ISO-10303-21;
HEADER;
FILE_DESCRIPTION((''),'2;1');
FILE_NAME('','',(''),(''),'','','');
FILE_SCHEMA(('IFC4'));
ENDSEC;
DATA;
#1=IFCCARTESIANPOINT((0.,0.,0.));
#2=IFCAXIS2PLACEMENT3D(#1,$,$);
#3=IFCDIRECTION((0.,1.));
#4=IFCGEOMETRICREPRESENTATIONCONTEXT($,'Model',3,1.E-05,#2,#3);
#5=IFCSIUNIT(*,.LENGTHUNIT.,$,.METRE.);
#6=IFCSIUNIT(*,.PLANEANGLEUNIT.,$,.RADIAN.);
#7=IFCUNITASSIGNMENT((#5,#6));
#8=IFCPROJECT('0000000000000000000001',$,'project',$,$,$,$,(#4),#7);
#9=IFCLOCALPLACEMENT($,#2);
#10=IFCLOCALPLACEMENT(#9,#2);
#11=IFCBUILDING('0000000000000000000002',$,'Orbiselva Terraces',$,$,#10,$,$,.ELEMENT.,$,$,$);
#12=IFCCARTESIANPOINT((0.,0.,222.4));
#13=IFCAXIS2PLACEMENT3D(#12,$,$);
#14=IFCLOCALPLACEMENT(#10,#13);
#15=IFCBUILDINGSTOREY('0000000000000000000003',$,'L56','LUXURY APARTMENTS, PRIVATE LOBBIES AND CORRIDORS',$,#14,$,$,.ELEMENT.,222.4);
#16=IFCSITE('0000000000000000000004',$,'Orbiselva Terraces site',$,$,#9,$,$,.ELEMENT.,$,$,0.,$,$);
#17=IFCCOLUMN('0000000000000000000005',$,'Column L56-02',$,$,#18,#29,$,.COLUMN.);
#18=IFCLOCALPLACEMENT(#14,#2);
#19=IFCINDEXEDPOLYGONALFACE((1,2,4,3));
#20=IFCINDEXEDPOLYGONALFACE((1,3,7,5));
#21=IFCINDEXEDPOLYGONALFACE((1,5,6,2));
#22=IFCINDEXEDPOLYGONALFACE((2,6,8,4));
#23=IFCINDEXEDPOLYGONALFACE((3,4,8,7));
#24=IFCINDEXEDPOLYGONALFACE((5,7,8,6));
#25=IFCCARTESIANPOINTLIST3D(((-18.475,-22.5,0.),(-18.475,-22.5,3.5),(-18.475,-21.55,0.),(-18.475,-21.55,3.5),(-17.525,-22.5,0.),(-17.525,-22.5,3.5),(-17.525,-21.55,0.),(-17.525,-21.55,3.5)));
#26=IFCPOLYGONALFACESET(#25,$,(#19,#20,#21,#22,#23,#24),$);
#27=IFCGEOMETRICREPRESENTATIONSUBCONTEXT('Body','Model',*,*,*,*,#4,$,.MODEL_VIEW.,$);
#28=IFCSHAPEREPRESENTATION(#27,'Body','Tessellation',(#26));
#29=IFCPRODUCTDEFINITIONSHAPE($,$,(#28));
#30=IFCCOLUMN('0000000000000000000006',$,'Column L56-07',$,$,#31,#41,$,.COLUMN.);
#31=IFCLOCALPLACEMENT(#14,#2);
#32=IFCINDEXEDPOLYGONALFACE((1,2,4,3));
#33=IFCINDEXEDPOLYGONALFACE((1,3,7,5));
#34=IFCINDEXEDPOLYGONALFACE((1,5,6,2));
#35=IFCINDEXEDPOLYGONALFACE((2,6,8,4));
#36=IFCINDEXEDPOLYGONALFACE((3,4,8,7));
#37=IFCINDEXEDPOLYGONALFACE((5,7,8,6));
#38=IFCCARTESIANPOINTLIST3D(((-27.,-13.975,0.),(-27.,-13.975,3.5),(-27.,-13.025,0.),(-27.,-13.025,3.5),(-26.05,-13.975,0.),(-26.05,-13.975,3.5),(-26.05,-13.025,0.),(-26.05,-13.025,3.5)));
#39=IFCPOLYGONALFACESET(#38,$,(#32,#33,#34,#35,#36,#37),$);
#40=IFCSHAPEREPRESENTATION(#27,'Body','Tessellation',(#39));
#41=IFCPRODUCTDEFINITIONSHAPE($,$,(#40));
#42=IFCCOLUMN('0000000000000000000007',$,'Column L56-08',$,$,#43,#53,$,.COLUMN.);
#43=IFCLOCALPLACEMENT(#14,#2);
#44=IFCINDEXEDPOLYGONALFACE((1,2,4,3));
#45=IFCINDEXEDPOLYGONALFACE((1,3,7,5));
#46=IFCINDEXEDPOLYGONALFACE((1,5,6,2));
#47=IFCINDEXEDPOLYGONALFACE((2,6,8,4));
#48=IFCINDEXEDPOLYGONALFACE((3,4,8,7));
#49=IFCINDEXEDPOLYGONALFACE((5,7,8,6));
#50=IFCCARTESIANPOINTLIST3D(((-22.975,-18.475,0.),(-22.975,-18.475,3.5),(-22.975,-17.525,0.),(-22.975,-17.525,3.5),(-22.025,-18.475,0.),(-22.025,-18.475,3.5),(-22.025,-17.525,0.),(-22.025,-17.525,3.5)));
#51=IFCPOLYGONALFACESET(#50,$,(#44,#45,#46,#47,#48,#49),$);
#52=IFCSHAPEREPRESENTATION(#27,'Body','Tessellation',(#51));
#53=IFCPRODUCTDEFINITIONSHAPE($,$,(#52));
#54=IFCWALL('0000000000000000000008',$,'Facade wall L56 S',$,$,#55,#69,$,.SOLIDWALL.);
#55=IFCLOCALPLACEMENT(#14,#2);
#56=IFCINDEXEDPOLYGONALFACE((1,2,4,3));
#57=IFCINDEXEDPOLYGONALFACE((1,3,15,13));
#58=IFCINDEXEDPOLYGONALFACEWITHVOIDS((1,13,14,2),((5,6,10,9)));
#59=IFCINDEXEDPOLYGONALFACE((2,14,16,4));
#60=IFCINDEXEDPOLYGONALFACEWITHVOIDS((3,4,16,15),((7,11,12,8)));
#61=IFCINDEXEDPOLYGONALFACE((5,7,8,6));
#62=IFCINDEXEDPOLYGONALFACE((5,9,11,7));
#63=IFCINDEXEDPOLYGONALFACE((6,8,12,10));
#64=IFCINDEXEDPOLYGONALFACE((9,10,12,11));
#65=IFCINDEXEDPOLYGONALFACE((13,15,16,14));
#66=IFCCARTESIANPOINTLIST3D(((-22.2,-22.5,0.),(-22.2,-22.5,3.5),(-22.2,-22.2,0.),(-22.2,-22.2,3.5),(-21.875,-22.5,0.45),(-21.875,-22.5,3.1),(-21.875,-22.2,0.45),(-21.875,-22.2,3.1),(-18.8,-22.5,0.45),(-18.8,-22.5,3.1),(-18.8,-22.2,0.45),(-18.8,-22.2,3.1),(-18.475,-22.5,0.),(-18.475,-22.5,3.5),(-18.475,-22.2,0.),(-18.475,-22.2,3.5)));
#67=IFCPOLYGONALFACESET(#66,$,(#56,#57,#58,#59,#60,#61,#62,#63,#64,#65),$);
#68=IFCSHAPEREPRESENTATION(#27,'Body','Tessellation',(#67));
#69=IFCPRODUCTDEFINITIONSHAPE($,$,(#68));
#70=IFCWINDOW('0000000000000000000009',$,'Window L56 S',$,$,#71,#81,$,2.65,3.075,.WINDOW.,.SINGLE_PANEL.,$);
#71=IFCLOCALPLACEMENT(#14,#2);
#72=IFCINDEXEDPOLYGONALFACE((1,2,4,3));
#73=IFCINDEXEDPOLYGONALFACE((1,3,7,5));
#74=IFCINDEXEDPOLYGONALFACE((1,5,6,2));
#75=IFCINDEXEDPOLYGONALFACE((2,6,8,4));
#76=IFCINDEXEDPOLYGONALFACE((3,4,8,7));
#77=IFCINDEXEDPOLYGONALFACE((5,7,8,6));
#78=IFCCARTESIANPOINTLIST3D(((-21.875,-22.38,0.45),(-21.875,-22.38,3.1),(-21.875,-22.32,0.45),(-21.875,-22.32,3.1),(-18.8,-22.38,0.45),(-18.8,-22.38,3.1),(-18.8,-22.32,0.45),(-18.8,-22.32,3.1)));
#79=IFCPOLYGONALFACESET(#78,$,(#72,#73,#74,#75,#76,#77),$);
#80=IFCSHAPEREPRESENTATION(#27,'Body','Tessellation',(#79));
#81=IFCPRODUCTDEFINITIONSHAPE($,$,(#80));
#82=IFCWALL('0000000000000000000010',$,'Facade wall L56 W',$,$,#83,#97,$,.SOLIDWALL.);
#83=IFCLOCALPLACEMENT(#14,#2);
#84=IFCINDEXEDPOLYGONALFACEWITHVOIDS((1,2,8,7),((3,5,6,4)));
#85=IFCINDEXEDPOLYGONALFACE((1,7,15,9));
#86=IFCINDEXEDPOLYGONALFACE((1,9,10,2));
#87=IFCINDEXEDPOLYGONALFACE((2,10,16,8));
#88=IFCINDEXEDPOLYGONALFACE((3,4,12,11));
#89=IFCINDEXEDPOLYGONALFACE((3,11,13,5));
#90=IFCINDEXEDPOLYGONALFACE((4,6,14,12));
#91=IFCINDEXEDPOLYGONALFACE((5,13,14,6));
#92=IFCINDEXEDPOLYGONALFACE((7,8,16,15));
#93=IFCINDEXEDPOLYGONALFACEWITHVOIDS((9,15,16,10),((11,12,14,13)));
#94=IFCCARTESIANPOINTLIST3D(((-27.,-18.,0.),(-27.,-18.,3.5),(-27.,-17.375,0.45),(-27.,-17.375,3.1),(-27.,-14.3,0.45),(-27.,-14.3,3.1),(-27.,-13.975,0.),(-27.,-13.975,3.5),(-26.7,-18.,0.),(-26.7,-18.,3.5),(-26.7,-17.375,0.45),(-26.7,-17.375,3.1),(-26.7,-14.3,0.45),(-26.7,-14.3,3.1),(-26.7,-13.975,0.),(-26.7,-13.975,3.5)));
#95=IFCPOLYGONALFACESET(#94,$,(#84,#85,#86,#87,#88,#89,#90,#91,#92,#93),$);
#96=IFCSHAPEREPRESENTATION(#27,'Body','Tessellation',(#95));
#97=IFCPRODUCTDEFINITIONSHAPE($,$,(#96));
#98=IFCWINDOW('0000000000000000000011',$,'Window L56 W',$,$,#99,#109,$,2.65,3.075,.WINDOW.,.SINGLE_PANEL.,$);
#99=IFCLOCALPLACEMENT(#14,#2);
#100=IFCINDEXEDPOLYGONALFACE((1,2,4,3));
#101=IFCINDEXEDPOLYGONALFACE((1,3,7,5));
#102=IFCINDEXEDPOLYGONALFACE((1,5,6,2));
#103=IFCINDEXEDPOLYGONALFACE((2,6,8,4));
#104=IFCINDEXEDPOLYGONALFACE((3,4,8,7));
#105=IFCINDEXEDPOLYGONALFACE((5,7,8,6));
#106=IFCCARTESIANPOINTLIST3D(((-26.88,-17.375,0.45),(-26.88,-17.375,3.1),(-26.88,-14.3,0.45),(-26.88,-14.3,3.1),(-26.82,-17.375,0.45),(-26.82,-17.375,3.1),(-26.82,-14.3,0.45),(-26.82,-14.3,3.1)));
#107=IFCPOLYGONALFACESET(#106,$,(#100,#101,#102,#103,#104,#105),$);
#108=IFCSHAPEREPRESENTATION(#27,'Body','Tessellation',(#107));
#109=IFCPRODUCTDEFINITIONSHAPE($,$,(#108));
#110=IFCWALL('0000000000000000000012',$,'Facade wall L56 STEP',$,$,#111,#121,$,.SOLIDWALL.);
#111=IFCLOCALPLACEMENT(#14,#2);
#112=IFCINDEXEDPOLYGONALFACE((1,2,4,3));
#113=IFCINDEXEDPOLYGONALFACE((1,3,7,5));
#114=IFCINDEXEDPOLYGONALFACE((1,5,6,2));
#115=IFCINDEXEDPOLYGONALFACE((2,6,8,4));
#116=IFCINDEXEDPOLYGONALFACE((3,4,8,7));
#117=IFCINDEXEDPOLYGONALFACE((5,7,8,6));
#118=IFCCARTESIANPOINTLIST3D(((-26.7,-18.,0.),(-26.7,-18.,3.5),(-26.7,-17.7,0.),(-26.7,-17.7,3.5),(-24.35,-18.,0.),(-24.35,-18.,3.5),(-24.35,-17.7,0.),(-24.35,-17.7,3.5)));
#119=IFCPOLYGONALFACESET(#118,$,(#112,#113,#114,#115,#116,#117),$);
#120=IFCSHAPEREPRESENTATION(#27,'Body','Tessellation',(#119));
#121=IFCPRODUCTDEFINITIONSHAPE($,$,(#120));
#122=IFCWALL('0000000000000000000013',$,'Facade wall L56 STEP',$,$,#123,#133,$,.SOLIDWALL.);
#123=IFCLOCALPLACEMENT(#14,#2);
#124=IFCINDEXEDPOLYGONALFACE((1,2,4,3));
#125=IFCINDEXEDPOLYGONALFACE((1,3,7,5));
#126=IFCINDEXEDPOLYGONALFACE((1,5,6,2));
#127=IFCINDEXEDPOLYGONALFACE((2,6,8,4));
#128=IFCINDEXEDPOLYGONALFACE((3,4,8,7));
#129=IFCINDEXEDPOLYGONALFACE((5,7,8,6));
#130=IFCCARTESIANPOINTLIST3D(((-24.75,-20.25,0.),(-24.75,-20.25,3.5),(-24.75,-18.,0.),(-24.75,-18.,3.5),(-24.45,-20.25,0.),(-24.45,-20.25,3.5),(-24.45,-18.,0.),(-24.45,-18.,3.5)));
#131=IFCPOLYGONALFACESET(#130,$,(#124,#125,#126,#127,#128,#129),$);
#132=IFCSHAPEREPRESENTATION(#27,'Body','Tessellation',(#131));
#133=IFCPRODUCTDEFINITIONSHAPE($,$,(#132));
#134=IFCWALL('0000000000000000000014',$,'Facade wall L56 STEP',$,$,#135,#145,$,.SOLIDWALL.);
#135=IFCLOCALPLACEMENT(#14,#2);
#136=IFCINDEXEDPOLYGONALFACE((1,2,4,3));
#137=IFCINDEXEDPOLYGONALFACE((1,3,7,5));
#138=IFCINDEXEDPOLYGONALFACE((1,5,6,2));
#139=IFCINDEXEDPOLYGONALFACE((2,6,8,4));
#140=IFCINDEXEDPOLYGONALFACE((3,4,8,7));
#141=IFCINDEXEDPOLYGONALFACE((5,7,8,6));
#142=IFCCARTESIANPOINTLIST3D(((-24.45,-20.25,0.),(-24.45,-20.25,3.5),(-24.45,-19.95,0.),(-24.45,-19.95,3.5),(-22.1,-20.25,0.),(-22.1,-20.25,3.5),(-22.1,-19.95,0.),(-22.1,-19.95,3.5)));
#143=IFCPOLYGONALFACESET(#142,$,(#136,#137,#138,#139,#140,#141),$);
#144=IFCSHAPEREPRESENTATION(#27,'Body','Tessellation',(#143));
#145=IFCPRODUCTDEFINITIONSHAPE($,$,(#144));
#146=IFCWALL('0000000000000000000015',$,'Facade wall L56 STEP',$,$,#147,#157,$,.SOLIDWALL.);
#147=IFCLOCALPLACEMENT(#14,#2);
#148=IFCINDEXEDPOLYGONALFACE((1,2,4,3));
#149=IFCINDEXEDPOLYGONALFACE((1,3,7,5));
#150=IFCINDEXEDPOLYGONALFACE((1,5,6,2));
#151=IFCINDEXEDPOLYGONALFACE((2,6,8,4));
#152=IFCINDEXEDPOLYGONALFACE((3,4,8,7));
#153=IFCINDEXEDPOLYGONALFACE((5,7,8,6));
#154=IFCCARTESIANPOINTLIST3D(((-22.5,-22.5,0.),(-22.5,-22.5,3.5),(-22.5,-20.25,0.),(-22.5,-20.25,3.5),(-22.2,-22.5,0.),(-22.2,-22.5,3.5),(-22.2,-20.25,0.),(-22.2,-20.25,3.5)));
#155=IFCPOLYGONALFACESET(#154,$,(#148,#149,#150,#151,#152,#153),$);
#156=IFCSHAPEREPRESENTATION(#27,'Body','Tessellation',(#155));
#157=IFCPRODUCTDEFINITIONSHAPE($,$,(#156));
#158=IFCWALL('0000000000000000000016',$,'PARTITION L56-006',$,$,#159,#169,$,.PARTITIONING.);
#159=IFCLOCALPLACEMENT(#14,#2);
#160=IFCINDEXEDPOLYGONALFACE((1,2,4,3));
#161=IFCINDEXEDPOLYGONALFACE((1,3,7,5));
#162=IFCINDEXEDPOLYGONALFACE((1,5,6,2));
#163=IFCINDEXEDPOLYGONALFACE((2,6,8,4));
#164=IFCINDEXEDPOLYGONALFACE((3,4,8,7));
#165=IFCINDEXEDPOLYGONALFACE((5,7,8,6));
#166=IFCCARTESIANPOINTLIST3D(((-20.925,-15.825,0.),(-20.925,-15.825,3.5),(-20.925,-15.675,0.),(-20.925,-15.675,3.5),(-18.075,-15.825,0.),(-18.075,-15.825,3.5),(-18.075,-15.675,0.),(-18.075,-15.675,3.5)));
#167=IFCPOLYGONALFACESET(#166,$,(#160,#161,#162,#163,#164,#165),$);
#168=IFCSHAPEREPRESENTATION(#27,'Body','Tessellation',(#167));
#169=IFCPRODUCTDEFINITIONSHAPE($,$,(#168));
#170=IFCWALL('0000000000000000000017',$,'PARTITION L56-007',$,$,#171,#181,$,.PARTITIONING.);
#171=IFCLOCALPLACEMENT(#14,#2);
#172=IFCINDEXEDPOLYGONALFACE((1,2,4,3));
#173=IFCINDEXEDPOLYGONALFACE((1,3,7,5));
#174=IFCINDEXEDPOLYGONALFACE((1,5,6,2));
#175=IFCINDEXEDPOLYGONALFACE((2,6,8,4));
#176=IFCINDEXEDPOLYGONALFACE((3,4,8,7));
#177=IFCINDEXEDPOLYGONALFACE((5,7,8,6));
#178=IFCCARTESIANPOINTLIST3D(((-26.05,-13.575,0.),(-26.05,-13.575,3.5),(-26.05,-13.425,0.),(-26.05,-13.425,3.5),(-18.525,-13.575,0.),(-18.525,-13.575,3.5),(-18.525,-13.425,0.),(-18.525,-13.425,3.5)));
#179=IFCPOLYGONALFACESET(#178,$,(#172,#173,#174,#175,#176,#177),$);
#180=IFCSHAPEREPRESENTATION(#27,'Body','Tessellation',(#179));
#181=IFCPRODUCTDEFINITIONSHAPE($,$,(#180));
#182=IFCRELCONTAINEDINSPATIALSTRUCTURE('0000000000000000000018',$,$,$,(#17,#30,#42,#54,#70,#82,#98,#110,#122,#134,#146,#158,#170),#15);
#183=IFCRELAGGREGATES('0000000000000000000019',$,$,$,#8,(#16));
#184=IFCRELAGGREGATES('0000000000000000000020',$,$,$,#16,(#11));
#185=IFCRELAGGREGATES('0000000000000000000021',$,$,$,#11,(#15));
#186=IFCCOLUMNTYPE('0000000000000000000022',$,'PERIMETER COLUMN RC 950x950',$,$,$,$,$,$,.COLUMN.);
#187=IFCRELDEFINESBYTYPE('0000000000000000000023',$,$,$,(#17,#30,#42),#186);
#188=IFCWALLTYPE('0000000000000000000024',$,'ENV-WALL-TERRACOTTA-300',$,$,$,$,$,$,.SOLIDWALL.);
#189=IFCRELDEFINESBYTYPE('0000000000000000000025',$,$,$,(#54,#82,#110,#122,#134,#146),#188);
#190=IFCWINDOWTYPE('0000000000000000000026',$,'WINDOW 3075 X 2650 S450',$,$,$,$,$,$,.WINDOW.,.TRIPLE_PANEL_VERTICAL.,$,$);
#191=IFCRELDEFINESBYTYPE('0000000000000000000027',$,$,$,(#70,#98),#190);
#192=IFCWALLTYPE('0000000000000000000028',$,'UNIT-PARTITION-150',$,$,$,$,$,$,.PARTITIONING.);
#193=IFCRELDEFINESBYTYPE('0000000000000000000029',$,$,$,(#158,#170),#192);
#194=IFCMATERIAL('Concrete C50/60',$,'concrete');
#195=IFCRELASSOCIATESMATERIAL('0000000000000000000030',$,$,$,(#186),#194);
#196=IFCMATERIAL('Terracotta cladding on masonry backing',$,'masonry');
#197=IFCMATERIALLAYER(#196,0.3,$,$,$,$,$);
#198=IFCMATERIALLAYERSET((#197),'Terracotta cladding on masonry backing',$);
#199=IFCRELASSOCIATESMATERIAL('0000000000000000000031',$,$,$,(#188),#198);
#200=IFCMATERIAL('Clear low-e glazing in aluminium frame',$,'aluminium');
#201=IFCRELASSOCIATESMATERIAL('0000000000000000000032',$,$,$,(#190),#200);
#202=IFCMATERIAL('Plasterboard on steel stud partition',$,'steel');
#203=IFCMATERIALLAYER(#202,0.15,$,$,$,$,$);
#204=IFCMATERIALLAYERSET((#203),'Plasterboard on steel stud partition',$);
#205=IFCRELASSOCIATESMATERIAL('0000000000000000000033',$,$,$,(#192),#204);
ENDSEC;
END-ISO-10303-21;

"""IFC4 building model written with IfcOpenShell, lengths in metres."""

from ifc_helpers import new_model, si_unit, direction, frame, frame_2d, origin, origin_2d, place, context, subcontext, project, spatial, rectangle, extrude, material, layer, layer_set, material_profile, profile_set, type_object, element, fill, save


model = new_model("IFC4")

# Units and contexts
model_context = context("Model", 3, precision=1e-05, world=origin(), true_north=direction((0.0, 1.0)))
body_context = subcontext(model_context, "Body", "Model", "MODEL_VIEW")
ifc_project = project(units=[si_unit("LENGTHUNIT", "METRE"), si_unit("PLANEANGLEUNIT", "RADIAN")], contexts=[model_context])

# Site, building, storey
site_placement = place(None, origin())
site = spatial("IfcSite", under=ifc_project, at=site_placement, Name="Orbiselva Terraces site", CompositionType="ELEMENT", RefElevation=0.0)
building_placement = place(site_placement, origin())
building = spatial("IfcBuilding", under=site, at=building_placement, Name="Orbiselva Terraces", CompositionType="ELEMENT")
storey_placement = place(building_placement, frame((0.0, 0.0, 222.4)))
storey = spatial("IfcBuildingStorey", under=building, at=storey_placement, Name="L56", Description="LUXURY APARTMENTS, PRIVATE LOBBIES AND CORRIDORS", CompositionType="ELEMENT", Elevation=222.4)

# Columns
ifc_material_1 = material(Name="Concrete C50/60", Category="concrete")
ifc_material_profile = material_profile(ifc_material_1, rectangle(XDim=0.95, YDim=0.95, at=origin_2d()), Name="RC 950x950")
ifc_profile_set = profile_set([ifc_material_profile], Name="Concrete C50/60")
column_type = type_object("IfcColumnType", Name="PERIMETER COLUMN RC 950x950", PredefinedType="COLUMN", material=ifc_profile_set)
for number, where, z_axis, x_axis, name in (
    (1, (-18.0, -22.025, 0.0), (0.0, 0.0, 1.0), (1.0, 0.0, 0.0), "Column L56-02"),
    (2, (-26.525, -13.5, 0.0), (0.0, 0.0, 1.0), (1.0, 0.0, 0.0), "Column L56-07"),
    (3, (-22.5, -18.0, 0.0), (0.0, 0.0, 1.0), (1.0, 0.0, 0.0), "Column L56-08"),
):
    element("IfcColumn", number, at=place(storey_placement, frame(where, z_axis=z_axis, x_axis=x_axis)), inside=storey, type_object=column_type, Name=name, PredefinedType="COLUMN", context=body_context, shape_type="SweptSolid", body=[
        extrude(rectangle(XDim=0.95, YDim=0.95, at=origin_2d()), origin(), (0.0, 0.0, 1.0), 3.5),
    ])

# Walls, openings, windows
ifc_material_2 = material(Name="Terracotta cladding on masonry backing", Category="masonry")
ifc_layer_1 = layer(ifc_material_2, 0.3)
ifc_layer_set_1 = layer_set([ifc_layer_1], Name="Terracotta cladding on masonry backing")
wall_type_1 = type_object("IfcWallType", Name="ENV-WALL-TERRACOTTA-300", PredefinedType="SOLIDWALL", material=ifc_layer_set_1)
wall_1_placement = place(storey_placement, frame((-18.475, -22.35, 0.0), z_axis=(0.0, 0.0, 1.0), x_axis=(-1.0, 0.0, 0.0)))
wall_1 = element("IfcWall", 4, at=wall_1_placement, inside=storey, type_object=wall_type_1, Name="Facade wall L56 S", PredefinedType="SOLIDWALL", context=body_context, shape_type="SweptSolid", body=[
    extrude(rectangle(XDim=3.725, YDim=0.3, at=frame_2d((1.8625, 0.0))), origin(), (0.0, 0.0, 1.0), 3.5),
])
opening_1_placement = place(wall_1_placement, frame((0.325, 0.0, 0.45)))
opening_1 = element("IfcOpeningElement", 5, at=opening_1_placement, cuts=wall_1, PredefinedType="OPENING", context=body_context, shape_type="SweptSolid", body=[
    extrude(rectangle(XDim=3.075, YDim=2.65, at=frame_2d((1.5375, 1.325))), frame((0.0, 0.16, 0.0), z_axis=(0.0, -1.0, 0.0), x_axis=(1.0, 0.0, 0.0)), (0.0, 0.0, 1.0), 0.32),
])
ifc_material_3 = material(Name="Clear low-e glazing in aluminium frame", Category="aluminium")
window_type = type_object("IfcWindowType", Name="WINDOW 3075 X 2650 S450", PartitioningType="TRIPLE_PANEL_VERTICAL", PredefinedType="WINDOW", material=ifc_material_3)
window_1_placement = place(opening_1_placement, origin())
window_1 = element("IfcWindow", 6, at=window_1_placement, inside=storey, type_object=window_type, Name="Window L56 S", OverallHeight=2.65, OverallWidth=3.075, PartitioningType="SINGLE_PANEL", PredefinedType="WINDOW", context=body_context, shape_type="SweptSolid", body=[
    extrude(rectangle(XDim=3.075, YDim=2.65, at=frame_2d((1.5375, 1.325))), frame((0.0, 0.03, 0.0), z_axis=(0.0, -1.0, 0.0), x_axis=(1.0, 0.0, 0.0)), (0.0, 0.0, 1.0), 0.06),
])
fill(opening_1, window_1)
wall_2_placement = place(storey_placement, frame((-26.85, -18.0, 0.0), z_axis=(0.0, 0.0, 1.0), x_axis=(0.0, 1.0, 0.0)))
wall_2 = element("IfcWall", 7, at=wall_2_placement, inside=storey, type_object=wall_type_1, Name="Facade wall L56 W", PredefinedType="SOLIDWALL", context=body_context, shape_type="SweptSolid", body=[
    extrude(rectangle(XDim=4.025, YDim=0.3, at=frame_2d((2.0125, 0.0))), origin(), (0.0, 0.0, 1.0), 3.5),
])
opening_2_placement = place(wall_2_placement, frame((0.625, 0.0, 0.45)))
opening_2 = element("IfcOpeningElement", 8, at=opening_2_placement, cuts=wall_2, PredefinedType="OPENING", context=body_context, shape_type="SweptSolid", body=[
    extrude(rectangle(XDim=3.075, YDim=2.65, at=frame_2d((1.5375, 1.325))), frame((0.0, 0.16, 0.0), z_axis=(0.0, -1.0, 0.0), x_axis=(1.0, 0.0, 0.0)), (0.0, 0.0, 1.0), 0.32),
])
window_2_placement = place(opening_2_placement, origin())
window_2 = element("IfcWindow", 9, at=window_2_placement, inside=storey, type_object=window_type, Name="Window L56 W", OverallHeight=2.65, OverallWidth=3.075, PartitioningType="SINGLE_PANEL", PredefinedType="WINDOW", context=body_context, shape_type="SweptSolid", body=[
    extrude(rectangle(XDim=3.075, YDim=2.65, at=frame_2d((1.5375, 1.325))), frame((0.0, 0.03, 0.0), z_axis=(0.0, -1.0, 0.0), x_axis=(1.0, 0.0, 0.0)), (0.0, 0.0, 1.0), 0.06),
])
fill(opening_2, window_2)

# Walls
wall_3_placement = place(storey_placement, frame((-24.35, -17.85, 0.0), z_axis=(0.0, 0.0, 1.0), x_axis=(-1.0, 0.0, 0.0)))
element("IfcWall", 10, at=wall_3_placement, inside=storey, type_object=wall_type_1, Name="Facade wall L56 STEP", PredefinedType="SOLIDWALL", context=body_context, shape_type="SweptSolid", body=[
    extrude(rectangle(XDim=2.35, YDim=0.3, at=frame_2d((1.175, 0.0))), origin(), (0.0, 0.0, 1.0), 3.5),
])
wall_4_placement = place(storey_placement, frame((-24.6, -20.25, 0.0), z_axis=(0.0, 0.0, 1.0), x_axis=(0.0, 1.0, 0.0)))
element("IfcWall", 11, at=wall_4_placement, inside=storey, type_object=wall_type_1, Name="Facade wall L56 STEP", PredefinedType="SOLIDWALL", context=body_context, shape_type="SweptSolid", body=[
    extrude(rectangle(XDim=2.25, YDim=0.3, at=frame_2d((1.125, 0.0))), origin(), (0.0, 0.0, 1.0), 3.5),
])
wall_5_placement = place(storey_placement, frame((-22.1, -20.1, 0.0), z_axis=(0.0, 0.0, 1.0), x_axis=(-1.0, 0.0, 0.0)))
element("IfcWall", 12, at=wall_5_placement, inside=storey, type_object=wall_type_1, Name="Facade wall L56 STEP", PredefinedType="SOLIDWALL", context=body_context, shape_type="SweptSolid", body=[
    extrude(rectangle(XDim=2.35, YDim=0.3, at=frame_2d((1.175, 0.0))), origin(), (0.0, 0.0, 1.0), 3.5),
])
wall_6_placement = place(storey_placement, frame((-22.35, -22.5, 0.0), z_axis=(0.0, 0.0, 1.0), x_axis=(0.0, 1.0, 0.0)))
element("IfcWall", 13, at=wall_6_placement, inside=storey, type_object=wall_type_1, Name="Facade wall L56 STEP", PredefinedType="SOLIDWALL", context=body_context, shape_type="SweptSolid", body=[
    extrude(rectangle(XDim=2.25, YDim=0.3, at=frame_2d((1.125, 0.0))), origin(), (0.0, 0.0, 1.0), 3.5),
])
ifc_material_4 = material(Name="Plasterboard on steel stud partition", Category="steel")
ifc_layer_2 = layer(ifc_material_4, 0.15)
ifc_layer_set_2 = layer_set([ifc_layer_2], Name="Plasterboard on steel stud partition")
wall_type_2 = type_object("IfcWallType", Name="UNIT-PARTITION-150", PredefinedType="PARTITIONING", material=ifc_layer_set_2)
wall_7_placement = place(storey_placement, frame((-20.925, -15.75, 0.0), z_axis=(0.0, 0.0, 1.0), x_axis=(1.0, 0.0, 0.0)))
element("IfcWall", 14, at=wall_7_placement, inside=storey, type_object=wall_type_2, Name="PARTITION L56-006", PredefinedType="PARTITIONING", context=body_context, shape_type="SweptSolid", body=[
    extrude(rectangle(XDim=2.85, YDim=0.15, at=frame_2d((1.425, 0.0))), origin(), (0.0, 0.0, 1.0), 3.5),
])
wall_8_placement = place(storey_placement, frame((-26.05, -13.5, 0.0), z_axis=(0.0, 0.0, 1.0), x_axis=(1.0, 0.0, 0.0)))
element("IfcWall", 15, at=wall_8_placement, inside=storey, type_object=wall_type_2, Name="PARTITION L56-007", PredefinedType="PARTITIONING", context=body_context, shape_type="SweptSolid", body=[
    extrude(rectangle(XDim=7.525, YDim=0.15, at=frame_2d((3.7625, 0.0))), origin(), (0.0, 0.0, 1.0), 3.5),
])

save(model, "model.ifc")
